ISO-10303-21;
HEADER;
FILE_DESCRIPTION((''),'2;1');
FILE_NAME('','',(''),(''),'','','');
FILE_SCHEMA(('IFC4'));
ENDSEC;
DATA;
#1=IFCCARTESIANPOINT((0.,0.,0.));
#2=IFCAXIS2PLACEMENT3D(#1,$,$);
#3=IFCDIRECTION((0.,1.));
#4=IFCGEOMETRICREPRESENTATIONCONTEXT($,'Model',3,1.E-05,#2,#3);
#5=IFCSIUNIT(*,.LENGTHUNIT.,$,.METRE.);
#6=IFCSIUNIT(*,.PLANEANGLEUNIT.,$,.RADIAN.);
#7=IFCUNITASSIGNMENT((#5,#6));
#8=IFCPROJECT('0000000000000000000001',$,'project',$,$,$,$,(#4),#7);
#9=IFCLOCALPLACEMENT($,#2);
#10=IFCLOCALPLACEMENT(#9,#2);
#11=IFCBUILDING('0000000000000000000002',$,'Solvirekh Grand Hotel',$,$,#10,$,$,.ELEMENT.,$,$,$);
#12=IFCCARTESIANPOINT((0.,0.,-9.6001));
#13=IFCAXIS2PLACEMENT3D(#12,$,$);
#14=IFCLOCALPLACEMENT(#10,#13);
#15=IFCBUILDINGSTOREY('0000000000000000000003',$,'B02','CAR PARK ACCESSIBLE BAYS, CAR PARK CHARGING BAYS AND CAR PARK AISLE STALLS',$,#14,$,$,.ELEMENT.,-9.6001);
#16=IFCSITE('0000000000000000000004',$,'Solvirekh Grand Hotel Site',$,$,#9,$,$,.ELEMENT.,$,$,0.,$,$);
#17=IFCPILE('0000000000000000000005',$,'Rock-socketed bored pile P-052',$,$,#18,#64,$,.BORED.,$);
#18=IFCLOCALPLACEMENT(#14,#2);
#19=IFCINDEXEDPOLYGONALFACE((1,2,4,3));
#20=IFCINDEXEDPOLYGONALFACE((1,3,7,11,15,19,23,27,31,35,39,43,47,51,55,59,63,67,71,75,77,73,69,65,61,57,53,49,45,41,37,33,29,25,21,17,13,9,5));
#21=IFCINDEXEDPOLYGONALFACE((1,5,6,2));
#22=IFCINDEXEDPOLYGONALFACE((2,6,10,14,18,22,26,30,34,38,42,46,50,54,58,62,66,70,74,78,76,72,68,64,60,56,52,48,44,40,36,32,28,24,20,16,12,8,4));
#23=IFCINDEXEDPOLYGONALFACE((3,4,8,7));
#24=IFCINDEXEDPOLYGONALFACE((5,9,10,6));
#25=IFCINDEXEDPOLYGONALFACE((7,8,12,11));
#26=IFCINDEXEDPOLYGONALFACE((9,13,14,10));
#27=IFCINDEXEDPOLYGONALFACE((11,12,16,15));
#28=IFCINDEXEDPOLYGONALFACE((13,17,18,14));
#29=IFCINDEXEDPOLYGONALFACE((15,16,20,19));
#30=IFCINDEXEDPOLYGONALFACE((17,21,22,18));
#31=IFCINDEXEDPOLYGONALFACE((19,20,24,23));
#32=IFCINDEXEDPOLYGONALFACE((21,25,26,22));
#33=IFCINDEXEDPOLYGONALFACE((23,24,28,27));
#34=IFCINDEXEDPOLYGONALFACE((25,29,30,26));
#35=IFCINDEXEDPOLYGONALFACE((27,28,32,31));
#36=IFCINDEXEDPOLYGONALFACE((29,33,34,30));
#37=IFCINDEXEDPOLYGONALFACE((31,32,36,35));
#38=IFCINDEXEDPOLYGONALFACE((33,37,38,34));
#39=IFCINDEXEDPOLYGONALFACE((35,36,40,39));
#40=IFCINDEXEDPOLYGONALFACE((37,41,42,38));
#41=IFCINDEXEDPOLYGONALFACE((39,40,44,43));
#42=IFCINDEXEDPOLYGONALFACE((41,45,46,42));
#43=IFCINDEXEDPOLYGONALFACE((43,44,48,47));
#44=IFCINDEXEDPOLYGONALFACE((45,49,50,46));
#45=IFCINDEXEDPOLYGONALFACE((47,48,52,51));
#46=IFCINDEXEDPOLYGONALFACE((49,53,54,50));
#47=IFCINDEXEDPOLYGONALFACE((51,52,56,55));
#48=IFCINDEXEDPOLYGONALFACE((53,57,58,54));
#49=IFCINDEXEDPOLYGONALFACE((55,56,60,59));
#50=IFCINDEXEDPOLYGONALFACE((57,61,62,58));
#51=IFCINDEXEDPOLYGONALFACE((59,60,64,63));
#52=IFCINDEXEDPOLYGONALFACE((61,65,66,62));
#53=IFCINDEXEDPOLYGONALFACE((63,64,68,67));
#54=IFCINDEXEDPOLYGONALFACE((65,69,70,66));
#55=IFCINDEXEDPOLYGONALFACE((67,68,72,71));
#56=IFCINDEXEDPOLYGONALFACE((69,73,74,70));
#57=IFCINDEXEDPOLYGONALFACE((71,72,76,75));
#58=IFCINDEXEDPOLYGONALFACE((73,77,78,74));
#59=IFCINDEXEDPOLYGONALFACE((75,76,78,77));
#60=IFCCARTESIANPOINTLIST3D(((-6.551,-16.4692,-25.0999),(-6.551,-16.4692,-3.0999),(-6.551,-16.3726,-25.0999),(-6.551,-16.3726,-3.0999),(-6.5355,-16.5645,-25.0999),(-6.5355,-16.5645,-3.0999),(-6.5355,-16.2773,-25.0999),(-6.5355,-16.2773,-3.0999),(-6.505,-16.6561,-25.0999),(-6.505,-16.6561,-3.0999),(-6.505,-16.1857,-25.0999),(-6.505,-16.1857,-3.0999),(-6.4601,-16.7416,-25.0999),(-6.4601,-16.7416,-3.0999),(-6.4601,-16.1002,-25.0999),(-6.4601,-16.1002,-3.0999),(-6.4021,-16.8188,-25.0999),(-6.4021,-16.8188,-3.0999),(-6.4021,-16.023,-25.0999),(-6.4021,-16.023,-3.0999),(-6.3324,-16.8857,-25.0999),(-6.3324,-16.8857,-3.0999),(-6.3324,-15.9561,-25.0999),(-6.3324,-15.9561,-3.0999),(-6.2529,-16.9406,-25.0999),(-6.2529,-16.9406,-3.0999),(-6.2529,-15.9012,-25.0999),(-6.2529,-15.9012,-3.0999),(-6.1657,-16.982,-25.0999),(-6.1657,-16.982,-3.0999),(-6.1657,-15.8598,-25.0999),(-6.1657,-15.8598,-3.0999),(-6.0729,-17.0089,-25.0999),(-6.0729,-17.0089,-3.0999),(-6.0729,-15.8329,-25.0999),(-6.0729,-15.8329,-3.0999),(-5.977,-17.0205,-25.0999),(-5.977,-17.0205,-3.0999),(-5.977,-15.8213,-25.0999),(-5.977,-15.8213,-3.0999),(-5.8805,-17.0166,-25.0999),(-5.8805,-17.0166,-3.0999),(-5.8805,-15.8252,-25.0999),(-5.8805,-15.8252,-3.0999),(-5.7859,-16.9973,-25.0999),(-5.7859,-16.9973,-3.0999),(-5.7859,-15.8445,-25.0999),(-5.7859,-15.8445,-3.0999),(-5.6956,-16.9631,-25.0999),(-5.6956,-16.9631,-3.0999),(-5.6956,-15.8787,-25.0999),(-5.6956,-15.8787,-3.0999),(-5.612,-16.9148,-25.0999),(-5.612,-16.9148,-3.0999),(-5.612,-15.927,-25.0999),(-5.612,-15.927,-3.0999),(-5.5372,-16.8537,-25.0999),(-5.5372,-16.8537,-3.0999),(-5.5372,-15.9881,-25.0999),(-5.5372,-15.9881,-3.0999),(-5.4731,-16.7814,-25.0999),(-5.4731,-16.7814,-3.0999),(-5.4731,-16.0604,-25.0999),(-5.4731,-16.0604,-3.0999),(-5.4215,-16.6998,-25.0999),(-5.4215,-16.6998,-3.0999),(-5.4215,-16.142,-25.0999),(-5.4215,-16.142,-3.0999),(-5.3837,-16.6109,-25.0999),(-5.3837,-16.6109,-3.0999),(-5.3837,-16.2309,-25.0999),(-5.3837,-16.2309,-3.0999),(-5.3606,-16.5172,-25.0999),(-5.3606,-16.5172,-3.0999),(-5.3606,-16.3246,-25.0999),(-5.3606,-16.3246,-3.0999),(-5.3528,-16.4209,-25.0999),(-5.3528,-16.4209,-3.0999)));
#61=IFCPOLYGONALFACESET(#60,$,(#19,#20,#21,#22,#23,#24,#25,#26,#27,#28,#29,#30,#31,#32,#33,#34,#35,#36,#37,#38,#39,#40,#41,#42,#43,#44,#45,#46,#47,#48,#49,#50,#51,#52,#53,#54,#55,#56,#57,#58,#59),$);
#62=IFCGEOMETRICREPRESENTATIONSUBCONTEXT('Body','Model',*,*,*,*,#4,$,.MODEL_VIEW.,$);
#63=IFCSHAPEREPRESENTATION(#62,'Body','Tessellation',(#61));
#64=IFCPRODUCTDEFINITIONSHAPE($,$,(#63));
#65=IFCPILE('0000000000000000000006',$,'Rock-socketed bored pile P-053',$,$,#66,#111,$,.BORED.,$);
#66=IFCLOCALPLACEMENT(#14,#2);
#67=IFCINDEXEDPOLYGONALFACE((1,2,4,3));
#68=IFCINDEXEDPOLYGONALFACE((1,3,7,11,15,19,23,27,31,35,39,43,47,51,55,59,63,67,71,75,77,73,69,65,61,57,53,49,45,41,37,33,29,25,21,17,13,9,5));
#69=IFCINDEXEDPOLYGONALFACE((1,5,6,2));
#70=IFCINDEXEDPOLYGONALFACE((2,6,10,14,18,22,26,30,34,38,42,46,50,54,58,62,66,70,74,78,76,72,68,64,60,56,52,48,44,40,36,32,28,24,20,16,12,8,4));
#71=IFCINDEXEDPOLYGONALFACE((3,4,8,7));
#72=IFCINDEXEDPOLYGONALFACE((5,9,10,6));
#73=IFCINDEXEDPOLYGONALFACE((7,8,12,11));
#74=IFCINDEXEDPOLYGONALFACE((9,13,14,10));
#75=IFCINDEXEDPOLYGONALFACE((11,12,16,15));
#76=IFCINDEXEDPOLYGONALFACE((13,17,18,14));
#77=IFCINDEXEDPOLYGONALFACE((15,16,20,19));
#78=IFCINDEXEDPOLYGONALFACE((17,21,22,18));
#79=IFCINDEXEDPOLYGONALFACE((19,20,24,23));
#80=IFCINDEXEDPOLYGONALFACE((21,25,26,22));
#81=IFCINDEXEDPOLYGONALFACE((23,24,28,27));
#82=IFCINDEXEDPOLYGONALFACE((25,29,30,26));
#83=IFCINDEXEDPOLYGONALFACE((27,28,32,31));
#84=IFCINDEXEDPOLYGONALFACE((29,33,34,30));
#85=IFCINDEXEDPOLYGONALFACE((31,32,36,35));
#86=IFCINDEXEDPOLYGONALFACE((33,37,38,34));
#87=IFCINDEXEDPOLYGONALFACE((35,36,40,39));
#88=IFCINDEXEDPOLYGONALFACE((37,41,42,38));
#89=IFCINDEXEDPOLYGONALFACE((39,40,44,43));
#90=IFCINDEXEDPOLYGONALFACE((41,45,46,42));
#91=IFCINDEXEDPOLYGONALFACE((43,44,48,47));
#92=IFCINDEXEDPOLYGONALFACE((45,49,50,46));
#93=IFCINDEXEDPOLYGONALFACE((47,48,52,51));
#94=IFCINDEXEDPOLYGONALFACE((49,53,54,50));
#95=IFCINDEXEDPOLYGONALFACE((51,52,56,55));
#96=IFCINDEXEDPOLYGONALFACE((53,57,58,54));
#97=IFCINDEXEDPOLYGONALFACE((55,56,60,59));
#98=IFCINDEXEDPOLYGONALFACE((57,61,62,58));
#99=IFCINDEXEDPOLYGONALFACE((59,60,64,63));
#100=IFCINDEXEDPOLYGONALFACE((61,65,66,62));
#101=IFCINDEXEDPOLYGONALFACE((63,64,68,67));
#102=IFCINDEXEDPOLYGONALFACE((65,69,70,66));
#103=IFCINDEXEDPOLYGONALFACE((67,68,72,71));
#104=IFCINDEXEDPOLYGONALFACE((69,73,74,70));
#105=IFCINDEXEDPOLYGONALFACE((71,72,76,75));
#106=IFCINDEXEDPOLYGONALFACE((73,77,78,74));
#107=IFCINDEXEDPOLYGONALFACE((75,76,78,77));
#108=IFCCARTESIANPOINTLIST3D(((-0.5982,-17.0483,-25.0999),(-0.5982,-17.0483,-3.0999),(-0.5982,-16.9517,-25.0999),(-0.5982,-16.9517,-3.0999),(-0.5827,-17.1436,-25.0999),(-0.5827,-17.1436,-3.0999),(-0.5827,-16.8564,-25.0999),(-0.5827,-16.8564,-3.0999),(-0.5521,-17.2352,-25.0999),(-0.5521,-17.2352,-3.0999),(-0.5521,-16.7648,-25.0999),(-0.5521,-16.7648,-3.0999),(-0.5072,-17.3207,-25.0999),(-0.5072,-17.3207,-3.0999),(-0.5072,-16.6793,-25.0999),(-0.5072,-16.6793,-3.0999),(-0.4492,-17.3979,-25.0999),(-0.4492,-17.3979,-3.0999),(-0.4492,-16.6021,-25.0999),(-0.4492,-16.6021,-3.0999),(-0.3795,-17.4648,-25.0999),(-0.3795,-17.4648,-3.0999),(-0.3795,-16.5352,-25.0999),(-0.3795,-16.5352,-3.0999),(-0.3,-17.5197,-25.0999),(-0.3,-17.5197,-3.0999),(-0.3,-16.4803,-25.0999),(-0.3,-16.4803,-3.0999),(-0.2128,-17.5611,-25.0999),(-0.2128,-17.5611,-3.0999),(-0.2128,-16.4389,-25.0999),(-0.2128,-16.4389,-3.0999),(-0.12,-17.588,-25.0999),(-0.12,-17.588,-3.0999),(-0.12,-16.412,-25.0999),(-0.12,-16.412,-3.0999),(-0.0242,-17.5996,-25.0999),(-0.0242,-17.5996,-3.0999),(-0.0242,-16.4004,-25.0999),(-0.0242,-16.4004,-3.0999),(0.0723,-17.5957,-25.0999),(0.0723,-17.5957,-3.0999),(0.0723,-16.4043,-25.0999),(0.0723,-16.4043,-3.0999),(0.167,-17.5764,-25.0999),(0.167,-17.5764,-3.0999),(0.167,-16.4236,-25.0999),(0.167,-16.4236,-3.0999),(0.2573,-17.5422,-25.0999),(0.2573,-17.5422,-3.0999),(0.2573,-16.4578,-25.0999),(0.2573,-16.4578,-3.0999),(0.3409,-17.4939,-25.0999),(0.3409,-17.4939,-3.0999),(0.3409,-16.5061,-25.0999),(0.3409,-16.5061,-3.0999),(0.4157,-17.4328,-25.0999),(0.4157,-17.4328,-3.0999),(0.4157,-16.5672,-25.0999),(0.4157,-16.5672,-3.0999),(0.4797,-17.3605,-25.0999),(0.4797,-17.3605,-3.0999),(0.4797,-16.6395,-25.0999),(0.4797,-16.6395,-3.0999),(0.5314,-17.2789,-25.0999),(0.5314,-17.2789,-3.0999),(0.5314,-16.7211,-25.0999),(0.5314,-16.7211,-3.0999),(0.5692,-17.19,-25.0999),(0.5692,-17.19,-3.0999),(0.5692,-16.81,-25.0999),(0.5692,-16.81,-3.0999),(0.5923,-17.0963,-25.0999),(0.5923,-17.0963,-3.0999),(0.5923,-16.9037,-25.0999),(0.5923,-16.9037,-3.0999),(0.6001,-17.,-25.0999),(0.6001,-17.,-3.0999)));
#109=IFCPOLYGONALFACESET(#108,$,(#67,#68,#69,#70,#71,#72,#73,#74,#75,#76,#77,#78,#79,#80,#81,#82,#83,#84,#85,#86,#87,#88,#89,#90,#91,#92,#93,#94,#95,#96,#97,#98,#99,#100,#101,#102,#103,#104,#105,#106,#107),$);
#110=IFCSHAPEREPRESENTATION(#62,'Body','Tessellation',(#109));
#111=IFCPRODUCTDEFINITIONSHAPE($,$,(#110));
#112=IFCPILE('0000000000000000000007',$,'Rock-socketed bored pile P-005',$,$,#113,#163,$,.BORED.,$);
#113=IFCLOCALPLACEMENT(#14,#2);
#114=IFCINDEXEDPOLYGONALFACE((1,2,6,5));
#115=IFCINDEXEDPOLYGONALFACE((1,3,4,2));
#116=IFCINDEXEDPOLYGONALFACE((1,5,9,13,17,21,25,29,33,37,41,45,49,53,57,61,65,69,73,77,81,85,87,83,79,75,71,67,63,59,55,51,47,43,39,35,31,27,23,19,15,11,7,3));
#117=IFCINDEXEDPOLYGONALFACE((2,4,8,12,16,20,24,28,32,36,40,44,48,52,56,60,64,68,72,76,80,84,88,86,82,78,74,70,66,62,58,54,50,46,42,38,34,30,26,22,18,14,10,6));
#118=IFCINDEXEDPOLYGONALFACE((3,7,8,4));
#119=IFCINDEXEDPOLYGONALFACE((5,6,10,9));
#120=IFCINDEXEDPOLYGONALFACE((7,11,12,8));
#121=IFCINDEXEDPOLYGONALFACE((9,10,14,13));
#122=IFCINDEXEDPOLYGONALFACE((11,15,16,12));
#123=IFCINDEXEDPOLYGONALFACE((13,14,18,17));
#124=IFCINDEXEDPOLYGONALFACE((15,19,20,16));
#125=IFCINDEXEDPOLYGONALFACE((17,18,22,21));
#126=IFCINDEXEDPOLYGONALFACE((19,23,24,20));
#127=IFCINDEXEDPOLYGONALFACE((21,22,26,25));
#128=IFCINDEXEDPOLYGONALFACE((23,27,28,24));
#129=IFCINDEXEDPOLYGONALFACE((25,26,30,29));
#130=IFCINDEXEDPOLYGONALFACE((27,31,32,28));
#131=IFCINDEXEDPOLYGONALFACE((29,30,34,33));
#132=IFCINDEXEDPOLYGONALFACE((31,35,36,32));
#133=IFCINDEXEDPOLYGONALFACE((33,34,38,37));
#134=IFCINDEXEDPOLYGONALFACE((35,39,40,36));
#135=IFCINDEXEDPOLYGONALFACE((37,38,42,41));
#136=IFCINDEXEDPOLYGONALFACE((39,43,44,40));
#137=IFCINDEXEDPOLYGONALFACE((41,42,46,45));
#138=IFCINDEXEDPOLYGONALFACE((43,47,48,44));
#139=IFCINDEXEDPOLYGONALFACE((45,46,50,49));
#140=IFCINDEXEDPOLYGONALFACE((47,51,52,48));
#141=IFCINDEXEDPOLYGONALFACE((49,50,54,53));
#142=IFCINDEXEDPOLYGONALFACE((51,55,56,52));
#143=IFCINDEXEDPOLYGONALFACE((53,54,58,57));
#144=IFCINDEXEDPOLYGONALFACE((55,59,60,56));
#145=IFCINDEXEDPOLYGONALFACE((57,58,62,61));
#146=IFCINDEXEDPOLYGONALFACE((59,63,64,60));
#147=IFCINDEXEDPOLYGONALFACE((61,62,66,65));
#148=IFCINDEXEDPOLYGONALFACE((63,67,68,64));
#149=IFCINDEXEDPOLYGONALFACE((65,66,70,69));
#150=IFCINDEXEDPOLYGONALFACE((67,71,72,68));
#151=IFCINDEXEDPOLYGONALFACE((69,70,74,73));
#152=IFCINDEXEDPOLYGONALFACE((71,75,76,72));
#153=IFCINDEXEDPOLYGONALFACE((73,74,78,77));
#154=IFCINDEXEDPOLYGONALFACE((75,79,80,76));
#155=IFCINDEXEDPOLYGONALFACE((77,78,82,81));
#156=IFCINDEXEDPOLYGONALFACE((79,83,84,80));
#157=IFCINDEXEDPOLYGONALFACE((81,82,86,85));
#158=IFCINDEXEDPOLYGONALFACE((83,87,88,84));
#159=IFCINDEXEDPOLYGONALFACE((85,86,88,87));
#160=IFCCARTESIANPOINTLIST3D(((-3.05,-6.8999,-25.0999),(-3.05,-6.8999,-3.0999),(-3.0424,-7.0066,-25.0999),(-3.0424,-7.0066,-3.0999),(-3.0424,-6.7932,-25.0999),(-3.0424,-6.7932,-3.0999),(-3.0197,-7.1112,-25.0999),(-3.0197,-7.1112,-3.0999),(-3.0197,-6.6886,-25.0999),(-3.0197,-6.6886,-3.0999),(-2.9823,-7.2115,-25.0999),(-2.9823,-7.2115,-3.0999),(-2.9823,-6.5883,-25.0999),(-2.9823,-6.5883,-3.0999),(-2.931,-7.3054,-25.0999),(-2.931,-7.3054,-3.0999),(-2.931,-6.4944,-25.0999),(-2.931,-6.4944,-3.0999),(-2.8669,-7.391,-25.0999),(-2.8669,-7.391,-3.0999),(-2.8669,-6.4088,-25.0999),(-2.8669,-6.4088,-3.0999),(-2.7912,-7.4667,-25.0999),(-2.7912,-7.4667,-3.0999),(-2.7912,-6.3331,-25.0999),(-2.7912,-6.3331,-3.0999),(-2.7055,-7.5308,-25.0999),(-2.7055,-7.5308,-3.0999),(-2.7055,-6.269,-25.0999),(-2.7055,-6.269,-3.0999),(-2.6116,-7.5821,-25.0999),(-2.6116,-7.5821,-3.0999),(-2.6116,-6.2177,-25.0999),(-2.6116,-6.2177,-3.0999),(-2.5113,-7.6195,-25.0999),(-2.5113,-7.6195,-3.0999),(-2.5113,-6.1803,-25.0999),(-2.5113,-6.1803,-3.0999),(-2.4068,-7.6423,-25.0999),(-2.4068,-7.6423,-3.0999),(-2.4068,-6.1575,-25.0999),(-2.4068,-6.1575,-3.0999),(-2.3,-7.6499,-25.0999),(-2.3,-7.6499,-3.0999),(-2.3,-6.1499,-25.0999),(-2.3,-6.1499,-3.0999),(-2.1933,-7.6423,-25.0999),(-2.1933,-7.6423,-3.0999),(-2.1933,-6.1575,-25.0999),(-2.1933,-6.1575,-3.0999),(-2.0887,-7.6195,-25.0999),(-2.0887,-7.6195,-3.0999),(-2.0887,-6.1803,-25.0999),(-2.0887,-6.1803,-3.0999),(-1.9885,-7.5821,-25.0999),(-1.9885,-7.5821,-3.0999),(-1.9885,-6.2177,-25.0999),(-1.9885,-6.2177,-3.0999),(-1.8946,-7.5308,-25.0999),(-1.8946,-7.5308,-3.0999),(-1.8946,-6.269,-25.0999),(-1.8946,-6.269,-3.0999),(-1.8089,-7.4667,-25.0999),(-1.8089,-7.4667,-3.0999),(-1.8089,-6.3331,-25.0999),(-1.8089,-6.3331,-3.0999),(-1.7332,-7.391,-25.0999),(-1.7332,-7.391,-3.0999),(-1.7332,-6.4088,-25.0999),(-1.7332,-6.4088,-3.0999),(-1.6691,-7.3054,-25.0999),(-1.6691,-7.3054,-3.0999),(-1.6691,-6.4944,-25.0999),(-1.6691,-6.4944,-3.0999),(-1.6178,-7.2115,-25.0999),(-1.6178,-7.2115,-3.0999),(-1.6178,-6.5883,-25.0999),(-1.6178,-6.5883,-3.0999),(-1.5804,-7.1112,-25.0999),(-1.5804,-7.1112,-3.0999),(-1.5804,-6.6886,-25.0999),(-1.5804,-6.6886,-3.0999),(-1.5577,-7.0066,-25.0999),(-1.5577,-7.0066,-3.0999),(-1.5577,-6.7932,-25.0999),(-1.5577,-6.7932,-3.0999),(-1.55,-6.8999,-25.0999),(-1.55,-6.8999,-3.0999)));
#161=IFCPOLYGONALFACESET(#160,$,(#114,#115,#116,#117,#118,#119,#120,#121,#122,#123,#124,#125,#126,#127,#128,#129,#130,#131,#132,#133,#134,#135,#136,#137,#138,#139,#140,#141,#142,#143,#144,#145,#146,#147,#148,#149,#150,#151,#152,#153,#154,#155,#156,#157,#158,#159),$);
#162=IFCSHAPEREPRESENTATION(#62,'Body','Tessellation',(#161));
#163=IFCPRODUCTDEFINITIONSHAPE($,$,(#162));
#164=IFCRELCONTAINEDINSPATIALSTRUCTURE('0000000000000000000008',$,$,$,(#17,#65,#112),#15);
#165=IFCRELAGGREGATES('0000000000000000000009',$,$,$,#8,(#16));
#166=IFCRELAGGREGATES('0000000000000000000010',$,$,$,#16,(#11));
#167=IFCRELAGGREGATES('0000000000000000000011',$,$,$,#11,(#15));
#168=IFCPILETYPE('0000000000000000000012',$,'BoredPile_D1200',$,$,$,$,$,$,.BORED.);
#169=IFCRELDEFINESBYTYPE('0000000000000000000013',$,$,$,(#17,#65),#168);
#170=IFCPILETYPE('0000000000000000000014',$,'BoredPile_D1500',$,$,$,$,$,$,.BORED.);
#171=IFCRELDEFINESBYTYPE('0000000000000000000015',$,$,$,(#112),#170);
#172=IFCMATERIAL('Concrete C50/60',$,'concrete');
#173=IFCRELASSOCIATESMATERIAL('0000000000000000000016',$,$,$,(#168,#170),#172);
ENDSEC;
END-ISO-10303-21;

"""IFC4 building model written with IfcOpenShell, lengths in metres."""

from ifc_helpers import new_model, si_unit, direction, frame, origin, origin_2d, place, context, subcontext, project, spatial, circle, extrude, material, material_profile, profile_set, type_object, element, save


model = new_model("IFC4")

# Units and contexts
model_context = context("Model", 3, precision=1e-05, world=origin(), true_north=direction((0.0, 1.0)))
body_context = subcontext(model_context, "Body", "Model", "MODEL_VIEW")
ifc_project = project(units=[si_unit("LENGTHUNIT", "METRE"), si_unit("PLANEANGLEUNIT", "RADIAN")], contexts=[model_context])

# Site, building, storey
site_placement = place(None, origin())
site = spatial("IfcSite", under=ifc_project, at=site_placement, Name="Solvirekh Grand Hotel Site", CompositionType="ELEMENT", RefElevation=0.0)
building_placement = place(site_placement, origin())
building = spatial("IfcBuilding", under=site, at=building_placement, Name="Solvirekh Grand Hotel", CompositionType="ELEMENT")
storey_placement = place(building_placement, frame((0.0, 0.0, -9.6001)))
storey = spatial("IfcBuildingStorey", under=building, at=storey_placement, Name="B02", Description="CAR PARK ACCESSIBLE BAYS, CAR PARK CHARGING BAYS AND CAR PARK AISLE STALLS", CompositionType="ELEMENT", Elevation=-9.6001)

# Piles
ifc_material_1 = material(Name="Concrete C50/60", Category="concrete")
ifc_material_profile_1 = material_profile(ifc_material_1, circle(Radius=0.6001, at=origin_2d()), Name="BORED PILE D1200")
ifc_profile_set_1 = profile_set([ifc_material_profile_1], Name="Concrete C50/60")
pile_type_1 = type_object("IfcPileType", Name="BoredPile_D1200", PredefinedType="BORED", material=ifc_profile_set_1)
for number, where, z_axis, x_axis, name in (
    (1, (-5.9529, -16.4209, -3.0999), (0.0, 0.0, -1.0), (1.0, 0.0, 0.0), "Rock-socketed bored pile P-052"),
    (2, (0.0, -17.0, -3.0999), (0.0, 0.0, -1.0), (1.0, 0.0, 0.0), "Rock-socketed bored pile P-053"),
):
    element("IfcPile", number, at=place(storey_placement, frame(where, z_axis=z_axis, x_axis=x_axis)), inside=storey, type_object=pile_type_1, Name=name, PredefinedType="BORED", context=body_context, shape_type="SweptSolid", body=[
        extrude(circle(Radius=0.6001, at=origin_2d()), origin(), (0.0, 0.0, 1.0), 22.0),
    ])
ifc_material_profile_2 = material_profile(ifc_material_1, circle(Radius=0.75, at=origin_2d()), Name="BORED PILE D1500")
ifc_profile_set_2 = profile_set([ifc_material_profile_2], Name="Concrete C50/60")
pile_type_2 = type_object("IfcPileType", Name="BoredPile_D1500", PredefinedType="BORED", material=ifc_profile_set_2)
for number, where, z_axis, x_axis, name in (
    (3, (-2.3, -6.8999, -3.0999), (0.0, 0.0, -1.0), (1.0, 0.0, 0.0), "Rock-socketed bored pile P-005"),
):
    element("IfcPile", number, at=place(storey_placement, frame(where, z_axis=z_axis, x_axis=x_axis)), inside=storey, type_object=pile_type_2, Name=name, PredefinedType="BORED", context=body_context, shape_type="SweptSolid", body=[
        extrude(circle(Radius=0.75, at=origin_2d()), origin(), (0.0, 0.0, 1.0), 22.0),
    ])

save(model, "model.ifc")
